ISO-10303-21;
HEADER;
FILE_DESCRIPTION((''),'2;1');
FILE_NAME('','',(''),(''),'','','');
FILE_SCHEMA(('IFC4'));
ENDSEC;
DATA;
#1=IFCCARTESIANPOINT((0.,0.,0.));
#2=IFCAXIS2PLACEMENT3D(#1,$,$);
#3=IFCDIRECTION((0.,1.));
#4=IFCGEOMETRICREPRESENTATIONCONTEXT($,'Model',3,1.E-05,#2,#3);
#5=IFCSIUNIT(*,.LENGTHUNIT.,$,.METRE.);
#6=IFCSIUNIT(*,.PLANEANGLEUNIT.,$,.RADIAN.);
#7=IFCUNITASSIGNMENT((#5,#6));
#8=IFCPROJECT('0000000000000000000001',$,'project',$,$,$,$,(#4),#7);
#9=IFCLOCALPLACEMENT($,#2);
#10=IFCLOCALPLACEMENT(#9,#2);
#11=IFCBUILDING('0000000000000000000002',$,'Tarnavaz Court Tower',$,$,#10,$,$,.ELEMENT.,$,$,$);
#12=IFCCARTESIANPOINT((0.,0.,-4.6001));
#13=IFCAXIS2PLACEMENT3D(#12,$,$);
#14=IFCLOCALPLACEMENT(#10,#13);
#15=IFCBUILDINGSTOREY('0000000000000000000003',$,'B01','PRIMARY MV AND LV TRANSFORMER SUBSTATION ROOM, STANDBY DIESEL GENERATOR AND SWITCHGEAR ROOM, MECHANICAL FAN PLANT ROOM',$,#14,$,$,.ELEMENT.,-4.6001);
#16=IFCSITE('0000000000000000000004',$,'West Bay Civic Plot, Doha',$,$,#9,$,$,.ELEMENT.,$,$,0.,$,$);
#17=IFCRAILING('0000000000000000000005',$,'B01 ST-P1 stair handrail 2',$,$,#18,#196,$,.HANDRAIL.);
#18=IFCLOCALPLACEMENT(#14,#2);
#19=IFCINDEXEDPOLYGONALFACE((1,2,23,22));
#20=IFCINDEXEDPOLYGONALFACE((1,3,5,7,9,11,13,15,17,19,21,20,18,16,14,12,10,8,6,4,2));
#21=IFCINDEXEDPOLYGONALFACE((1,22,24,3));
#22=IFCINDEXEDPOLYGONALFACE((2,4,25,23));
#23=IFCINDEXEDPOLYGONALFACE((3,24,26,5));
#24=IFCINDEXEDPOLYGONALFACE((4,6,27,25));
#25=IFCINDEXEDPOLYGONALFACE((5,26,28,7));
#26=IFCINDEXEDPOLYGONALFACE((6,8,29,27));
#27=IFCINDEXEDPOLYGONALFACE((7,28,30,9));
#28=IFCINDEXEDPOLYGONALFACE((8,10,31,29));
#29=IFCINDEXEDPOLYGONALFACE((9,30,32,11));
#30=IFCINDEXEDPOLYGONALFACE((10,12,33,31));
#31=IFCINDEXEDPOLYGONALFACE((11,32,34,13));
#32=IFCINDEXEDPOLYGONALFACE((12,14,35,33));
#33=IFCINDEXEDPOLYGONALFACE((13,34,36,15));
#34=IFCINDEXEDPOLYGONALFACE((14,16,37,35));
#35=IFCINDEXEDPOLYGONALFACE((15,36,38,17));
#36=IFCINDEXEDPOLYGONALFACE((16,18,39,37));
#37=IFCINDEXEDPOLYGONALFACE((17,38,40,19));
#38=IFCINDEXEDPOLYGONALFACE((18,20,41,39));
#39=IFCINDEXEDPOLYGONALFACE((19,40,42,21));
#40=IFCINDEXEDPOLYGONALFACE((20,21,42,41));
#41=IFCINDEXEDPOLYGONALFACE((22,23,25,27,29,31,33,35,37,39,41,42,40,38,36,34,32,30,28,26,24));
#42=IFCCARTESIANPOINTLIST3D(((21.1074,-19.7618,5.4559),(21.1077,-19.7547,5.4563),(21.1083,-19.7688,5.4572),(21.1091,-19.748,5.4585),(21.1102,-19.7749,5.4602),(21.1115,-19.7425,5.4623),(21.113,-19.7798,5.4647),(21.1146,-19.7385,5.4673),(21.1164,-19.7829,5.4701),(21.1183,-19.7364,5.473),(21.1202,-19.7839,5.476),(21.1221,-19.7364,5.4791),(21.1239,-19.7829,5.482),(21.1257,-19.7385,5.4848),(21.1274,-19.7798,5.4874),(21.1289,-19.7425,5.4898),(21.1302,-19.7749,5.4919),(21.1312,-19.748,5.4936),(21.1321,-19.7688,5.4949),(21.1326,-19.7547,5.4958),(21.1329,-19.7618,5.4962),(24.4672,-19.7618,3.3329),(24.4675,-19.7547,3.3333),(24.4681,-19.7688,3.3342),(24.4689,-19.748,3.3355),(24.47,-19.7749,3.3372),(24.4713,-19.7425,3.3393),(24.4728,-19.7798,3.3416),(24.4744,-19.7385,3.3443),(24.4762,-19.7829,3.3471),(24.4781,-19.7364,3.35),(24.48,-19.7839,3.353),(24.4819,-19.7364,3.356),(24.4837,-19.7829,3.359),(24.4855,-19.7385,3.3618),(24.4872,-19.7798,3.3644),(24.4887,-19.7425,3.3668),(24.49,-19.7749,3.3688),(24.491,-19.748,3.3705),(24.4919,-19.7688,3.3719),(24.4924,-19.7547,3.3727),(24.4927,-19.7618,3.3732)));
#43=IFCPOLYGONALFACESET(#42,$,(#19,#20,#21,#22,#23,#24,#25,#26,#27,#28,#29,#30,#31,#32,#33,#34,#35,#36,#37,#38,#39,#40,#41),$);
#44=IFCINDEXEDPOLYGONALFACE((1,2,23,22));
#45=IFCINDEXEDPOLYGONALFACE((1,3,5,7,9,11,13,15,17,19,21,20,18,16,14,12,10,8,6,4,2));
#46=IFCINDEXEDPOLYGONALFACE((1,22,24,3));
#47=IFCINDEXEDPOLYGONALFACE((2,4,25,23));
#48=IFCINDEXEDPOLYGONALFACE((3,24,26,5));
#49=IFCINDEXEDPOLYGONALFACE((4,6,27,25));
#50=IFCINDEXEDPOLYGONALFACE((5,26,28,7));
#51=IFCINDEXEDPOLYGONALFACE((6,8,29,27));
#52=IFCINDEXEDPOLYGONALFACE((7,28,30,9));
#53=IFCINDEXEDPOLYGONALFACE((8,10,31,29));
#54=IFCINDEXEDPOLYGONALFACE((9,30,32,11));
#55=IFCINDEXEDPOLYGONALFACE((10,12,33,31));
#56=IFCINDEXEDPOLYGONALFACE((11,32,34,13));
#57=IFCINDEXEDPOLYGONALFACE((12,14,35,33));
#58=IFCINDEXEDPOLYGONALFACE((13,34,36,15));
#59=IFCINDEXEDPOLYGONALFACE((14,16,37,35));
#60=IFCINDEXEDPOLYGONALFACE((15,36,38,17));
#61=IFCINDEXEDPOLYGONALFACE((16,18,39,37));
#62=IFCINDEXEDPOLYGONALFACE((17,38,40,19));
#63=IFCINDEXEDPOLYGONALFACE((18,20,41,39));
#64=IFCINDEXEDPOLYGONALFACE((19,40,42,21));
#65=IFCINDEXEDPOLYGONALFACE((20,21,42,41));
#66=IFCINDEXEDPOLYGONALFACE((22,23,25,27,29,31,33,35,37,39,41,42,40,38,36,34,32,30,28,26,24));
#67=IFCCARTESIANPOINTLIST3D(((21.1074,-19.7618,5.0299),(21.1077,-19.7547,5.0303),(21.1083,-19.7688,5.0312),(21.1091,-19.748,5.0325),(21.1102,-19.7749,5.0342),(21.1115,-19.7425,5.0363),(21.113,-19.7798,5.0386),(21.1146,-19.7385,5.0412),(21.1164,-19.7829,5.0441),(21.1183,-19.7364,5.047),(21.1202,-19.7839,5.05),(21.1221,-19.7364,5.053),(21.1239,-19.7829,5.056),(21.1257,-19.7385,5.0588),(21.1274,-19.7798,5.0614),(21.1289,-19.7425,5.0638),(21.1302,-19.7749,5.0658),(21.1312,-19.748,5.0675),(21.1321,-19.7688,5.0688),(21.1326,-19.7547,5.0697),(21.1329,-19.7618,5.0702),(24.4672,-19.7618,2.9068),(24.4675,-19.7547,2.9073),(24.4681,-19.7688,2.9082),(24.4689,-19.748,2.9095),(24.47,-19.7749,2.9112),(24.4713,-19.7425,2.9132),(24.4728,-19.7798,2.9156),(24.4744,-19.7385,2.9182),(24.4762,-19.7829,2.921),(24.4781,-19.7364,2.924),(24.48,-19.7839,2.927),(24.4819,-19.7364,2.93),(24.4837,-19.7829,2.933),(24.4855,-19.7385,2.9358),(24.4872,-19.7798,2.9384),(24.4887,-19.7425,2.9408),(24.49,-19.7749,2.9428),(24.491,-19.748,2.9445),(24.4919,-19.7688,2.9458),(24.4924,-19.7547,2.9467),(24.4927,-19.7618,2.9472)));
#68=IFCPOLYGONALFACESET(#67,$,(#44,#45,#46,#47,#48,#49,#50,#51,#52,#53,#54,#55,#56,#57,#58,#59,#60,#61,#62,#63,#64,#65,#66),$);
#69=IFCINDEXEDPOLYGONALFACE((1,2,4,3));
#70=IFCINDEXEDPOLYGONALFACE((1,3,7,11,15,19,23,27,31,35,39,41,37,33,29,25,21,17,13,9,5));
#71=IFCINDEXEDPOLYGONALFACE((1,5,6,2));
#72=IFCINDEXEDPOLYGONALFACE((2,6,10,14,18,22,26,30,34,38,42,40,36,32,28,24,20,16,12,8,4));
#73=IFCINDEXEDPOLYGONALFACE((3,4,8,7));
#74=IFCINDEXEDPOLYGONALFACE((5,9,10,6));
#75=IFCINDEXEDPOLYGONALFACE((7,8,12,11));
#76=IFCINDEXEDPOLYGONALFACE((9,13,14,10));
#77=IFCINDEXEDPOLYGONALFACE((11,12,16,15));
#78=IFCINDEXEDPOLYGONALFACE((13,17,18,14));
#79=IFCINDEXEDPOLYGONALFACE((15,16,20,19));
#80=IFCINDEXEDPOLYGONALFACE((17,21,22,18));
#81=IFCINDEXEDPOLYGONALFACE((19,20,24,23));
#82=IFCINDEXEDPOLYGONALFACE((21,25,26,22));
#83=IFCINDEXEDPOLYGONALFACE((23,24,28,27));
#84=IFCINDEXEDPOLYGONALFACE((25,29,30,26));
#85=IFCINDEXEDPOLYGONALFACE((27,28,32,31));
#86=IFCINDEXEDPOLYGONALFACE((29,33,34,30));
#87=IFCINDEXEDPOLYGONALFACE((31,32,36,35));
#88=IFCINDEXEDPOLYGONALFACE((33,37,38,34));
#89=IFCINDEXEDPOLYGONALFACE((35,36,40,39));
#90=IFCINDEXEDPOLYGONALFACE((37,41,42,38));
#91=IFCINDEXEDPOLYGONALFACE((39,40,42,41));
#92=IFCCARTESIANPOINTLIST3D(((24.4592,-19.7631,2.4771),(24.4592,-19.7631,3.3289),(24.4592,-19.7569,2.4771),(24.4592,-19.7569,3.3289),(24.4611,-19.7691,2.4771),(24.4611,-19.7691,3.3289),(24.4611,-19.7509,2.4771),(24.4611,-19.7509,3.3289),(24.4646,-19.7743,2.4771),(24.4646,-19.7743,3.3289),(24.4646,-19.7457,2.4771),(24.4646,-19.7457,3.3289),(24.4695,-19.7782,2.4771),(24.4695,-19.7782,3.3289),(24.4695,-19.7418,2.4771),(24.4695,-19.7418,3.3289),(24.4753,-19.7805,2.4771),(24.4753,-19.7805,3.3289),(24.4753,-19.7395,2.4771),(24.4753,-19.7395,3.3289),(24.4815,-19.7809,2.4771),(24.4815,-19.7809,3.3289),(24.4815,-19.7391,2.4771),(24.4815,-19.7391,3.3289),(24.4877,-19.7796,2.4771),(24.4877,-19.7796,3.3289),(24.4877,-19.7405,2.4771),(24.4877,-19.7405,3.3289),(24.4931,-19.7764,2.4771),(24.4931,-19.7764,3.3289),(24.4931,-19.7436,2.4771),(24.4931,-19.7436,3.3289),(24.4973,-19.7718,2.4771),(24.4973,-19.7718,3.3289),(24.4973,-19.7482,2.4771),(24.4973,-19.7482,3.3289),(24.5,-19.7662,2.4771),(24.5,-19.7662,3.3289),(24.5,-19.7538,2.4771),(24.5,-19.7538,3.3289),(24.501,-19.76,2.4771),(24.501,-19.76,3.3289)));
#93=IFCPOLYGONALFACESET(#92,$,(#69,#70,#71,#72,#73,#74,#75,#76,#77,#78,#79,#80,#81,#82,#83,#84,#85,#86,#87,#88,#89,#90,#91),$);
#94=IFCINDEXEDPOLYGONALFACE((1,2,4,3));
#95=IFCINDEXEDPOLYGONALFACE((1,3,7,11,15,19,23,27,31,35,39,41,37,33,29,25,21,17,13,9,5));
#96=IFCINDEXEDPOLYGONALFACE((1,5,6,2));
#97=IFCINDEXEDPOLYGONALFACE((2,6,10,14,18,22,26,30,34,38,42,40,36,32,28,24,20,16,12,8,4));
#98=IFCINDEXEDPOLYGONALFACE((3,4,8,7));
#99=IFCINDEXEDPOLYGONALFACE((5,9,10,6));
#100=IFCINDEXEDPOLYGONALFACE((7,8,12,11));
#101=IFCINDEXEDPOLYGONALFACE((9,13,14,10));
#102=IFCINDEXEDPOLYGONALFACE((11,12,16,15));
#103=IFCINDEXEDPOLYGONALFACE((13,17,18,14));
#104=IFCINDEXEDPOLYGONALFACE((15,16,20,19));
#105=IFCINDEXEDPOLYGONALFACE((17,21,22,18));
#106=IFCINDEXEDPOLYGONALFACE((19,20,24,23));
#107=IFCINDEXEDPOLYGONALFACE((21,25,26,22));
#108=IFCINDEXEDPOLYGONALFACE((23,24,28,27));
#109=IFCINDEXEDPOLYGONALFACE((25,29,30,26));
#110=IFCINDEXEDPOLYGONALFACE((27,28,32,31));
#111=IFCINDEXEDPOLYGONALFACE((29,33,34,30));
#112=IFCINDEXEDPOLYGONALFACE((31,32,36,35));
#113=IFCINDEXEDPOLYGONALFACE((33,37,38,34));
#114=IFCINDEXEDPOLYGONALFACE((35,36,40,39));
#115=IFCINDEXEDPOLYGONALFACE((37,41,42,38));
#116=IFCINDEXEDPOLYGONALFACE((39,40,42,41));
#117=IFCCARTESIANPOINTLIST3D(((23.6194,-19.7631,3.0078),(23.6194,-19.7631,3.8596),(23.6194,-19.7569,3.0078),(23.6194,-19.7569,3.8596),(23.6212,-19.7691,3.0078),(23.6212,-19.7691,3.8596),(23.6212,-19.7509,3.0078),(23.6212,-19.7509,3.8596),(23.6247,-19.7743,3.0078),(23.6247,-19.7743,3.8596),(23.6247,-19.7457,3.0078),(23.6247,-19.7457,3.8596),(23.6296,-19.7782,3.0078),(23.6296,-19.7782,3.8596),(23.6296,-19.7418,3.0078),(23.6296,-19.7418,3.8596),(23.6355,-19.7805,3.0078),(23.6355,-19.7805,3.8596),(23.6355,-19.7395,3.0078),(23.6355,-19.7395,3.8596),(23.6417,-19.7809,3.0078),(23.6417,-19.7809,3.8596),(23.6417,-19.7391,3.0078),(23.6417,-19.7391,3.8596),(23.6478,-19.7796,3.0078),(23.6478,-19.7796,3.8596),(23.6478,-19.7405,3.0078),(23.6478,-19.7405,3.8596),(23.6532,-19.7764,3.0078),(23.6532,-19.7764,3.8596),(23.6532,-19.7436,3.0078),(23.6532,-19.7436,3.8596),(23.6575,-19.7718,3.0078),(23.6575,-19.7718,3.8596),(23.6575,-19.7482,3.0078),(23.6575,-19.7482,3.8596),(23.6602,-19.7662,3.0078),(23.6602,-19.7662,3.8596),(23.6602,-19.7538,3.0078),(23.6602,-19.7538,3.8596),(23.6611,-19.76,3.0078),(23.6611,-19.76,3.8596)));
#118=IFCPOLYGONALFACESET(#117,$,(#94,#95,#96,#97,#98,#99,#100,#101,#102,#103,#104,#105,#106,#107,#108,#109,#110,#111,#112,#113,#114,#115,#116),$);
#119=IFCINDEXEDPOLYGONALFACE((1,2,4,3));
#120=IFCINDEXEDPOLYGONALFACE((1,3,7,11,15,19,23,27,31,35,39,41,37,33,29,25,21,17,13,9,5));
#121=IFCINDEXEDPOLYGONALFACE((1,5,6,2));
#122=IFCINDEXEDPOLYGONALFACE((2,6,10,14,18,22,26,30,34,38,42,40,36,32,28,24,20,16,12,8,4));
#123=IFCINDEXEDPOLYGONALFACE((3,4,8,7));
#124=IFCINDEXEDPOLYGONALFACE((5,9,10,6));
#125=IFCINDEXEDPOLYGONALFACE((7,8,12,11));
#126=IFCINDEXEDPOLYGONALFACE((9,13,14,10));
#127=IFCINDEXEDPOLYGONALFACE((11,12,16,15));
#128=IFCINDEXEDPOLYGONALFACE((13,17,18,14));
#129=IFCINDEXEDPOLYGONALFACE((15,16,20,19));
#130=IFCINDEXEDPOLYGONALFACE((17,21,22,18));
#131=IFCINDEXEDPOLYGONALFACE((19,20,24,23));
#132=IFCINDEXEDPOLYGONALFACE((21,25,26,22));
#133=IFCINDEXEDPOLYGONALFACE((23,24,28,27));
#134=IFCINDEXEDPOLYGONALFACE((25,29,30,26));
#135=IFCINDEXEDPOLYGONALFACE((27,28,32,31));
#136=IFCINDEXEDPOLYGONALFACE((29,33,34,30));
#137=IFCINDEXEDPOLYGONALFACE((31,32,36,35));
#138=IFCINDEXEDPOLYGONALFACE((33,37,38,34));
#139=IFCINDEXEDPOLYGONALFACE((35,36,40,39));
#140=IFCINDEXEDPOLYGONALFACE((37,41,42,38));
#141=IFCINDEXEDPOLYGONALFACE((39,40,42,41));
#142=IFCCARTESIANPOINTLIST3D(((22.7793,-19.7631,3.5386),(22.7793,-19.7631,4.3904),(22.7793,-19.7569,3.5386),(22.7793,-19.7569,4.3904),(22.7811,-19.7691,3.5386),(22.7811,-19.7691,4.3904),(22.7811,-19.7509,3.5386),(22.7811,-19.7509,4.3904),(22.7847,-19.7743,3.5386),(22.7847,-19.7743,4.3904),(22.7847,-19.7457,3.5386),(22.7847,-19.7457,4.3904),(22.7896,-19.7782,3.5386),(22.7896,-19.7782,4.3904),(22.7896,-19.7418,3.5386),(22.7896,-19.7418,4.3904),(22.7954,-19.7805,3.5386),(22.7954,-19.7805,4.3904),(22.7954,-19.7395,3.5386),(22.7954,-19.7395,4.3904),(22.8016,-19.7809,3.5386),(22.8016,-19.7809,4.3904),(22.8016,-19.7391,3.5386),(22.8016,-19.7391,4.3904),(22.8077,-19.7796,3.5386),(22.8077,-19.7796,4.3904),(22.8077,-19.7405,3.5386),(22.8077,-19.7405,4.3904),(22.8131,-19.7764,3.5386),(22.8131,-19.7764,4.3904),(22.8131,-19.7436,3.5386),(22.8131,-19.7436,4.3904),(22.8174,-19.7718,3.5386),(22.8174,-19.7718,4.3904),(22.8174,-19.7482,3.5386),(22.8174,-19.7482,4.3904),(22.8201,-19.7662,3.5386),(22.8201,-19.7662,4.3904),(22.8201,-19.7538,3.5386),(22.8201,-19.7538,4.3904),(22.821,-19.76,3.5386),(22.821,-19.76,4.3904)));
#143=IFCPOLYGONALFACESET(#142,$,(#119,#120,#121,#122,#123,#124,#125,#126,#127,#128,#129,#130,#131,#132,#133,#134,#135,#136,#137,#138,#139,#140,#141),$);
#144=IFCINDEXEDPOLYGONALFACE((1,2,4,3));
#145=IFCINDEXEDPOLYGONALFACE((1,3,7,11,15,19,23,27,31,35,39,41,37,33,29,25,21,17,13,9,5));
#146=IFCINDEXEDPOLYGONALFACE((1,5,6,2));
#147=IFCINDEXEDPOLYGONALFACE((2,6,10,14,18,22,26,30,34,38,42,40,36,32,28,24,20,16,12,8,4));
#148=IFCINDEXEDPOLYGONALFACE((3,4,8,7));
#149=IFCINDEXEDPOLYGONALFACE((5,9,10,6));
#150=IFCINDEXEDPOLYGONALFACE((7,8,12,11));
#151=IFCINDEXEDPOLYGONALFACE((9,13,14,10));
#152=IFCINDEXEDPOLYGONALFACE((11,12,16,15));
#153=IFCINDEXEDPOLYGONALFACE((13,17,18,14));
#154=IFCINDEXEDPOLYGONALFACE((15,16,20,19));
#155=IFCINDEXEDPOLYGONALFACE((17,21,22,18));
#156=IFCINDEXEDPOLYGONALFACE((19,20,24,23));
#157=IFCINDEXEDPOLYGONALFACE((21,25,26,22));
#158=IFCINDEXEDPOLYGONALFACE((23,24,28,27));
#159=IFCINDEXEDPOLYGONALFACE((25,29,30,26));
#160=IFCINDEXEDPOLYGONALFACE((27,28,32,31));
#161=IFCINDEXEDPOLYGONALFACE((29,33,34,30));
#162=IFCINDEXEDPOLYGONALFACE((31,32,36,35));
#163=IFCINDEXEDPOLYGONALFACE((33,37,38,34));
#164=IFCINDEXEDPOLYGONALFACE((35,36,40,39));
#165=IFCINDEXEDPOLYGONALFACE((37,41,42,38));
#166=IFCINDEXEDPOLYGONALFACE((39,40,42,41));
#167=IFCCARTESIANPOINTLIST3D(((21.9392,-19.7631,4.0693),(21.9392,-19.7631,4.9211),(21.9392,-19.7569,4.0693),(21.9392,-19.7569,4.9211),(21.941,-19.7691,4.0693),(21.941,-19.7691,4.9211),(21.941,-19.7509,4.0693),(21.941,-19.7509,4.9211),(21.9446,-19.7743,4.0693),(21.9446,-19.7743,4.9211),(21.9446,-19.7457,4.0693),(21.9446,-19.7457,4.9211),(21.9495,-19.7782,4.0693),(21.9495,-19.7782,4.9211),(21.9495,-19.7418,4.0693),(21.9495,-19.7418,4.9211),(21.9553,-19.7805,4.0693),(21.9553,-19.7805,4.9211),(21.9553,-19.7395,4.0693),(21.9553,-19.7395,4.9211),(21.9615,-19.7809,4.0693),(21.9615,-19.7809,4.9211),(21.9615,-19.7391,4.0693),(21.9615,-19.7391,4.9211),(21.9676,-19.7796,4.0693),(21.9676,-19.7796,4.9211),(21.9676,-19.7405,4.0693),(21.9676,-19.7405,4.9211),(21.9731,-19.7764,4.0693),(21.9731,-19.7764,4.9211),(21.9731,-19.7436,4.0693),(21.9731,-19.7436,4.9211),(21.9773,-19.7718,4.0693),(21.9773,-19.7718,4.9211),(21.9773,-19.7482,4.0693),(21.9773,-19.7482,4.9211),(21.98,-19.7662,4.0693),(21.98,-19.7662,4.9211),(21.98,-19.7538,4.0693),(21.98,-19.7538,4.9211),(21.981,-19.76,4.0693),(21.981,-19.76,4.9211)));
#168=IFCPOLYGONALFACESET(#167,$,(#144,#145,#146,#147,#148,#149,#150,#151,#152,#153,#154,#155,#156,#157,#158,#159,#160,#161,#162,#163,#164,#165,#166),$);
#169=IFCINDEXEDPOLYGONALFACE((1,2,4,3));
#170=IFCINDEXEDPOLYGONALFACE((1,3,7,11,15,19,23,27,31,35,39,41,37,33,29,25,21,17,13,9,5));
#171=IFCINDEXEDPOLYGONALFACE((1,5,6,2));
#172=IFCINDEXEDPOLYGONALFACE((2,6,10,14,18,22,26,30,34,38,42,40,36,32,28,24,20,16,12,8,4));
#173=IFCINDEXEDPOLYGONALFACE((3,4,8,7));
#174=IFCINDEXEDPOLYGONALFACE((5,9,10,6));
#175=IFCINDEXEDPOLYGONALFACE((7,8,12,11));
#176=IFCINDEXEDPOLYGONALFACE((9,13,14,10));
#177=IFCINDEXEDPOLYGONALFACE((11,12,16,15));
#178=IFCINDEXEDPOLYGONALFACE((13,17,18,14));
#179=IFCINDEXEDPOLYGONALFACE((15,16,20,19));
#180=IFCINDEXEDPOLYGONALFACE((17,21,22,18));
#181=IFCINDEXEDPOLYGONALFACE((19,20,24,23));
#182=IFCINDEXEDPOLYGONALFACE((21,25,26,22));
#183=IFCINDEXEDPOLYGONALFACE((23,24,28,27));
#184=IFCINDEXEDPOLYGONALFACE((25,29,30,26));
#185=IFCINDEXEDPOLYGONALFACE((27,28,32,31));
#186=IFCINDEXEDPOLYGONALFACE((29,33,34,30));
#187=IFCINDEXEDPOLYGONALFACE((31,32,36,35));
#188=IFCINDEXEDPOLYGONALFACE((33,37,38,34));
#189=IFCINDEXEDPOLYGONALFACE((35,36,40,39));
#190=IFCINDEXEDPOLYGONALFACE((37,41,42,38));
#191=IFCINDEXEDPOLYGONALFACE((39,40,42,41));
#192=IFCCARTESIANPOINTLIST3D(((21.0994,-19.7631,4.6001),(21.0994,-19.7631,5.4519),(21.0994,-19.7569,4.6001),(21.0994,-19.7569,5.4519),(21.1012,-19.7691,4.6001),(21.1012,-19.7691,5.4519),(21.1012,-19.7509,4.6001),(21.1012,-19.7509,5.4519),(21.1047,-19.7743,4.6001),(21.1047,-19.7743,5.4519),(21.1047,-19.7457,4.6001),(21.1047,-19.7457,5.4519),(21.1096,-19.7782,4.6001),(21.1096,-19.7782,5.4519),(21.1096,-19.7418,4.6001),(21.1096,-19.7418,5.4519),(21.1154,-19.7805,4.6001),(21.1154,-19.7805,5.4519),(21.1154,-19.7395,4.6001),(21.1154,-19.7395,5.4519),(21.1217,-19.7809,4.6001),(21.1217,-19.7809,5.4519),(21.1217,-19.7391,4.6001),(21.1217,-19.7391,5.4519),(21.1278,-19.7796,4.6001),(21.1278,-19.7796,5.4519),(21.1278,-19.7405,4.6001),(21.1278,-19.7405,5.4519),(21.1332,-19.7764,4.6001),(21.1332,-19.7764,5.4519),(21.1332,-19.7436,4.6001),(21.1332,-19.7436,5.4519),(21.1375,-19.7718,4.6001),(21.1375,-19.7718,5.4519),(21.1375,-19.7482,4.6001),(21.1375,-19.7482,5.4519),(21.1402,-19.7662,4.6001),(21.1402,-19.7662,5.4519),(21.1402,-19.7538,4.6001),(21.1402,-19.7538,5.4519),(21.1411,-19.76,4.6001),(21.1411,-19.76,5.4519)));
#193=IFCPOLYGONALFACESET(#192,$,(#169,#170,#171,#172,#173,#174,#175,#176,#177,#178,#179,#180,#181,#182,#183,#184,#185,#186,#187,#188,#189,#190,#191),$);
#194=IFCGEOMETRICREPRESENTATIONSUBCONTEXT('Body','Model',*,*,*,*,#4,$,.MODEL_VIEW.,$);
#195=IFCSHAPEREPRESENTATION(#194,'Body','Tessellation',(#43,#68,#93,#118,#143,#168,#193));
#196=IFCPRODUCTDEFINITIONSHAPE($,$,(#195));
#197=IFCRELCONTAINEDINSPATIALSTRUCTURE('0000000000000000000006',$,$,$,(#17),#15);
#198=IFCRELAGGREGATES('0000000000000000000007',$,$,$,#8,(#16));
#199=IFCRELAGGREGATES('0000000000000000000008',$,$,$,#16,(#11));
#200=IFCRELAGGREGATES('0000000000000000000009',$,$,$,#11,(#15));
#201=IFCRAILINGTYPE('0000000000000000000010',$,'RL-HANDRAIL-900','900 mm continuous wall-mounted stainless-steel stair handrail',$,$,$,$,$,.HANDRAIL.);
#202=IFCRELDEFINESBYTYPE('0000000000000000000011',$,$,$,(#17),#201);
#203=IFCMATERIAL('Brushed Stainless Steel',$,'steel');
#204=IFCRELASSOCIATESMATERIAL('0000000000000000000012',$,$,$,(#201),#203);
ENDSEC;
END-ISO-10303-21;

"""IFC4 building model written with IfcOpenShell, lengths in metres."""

from ifc_helpers import new_model, si_unit, direction, frame, origin, origin_2d, place, context, subcontext, project, spatial, circle, extrude, material, type_object, element, save


model = new_model("IFC4")

# Units and contexts
model_context = context("Model", 3, precision=1e-05, world=origin(), true_north=direction((0.0, 1.0)))
body_context = subcontext(model_context, "Body", "Model", "MODEL_VIEW")
ifc_project = project(units=[si_unit("LENGTHUNIT", "METRE"), si_unit("PLANEANGLEUNIT", "RADIAN")], contexts=[model_context])

# Site, building, storey
site_placement = place(None, origin())
site = spatial("IfcSite", under=ifc_project, at=site_placement, Name="West Bay Civic Plot, Doha", CompositionType="ELEMENT", RefElevation=0.0)
building_placement = place(site_placement, origin())
building = spatial("IfcBuilding", under=site, at=building_placement, Name="Tarnavaz Court Tower", CompositionType="ELEMENT")
storey_placement = place(building_placement, frame((0.0, 0.0, -4.6001)))
storey = spatial("IfcBuildingStorey", under=building, at=storey_placement, Name="B01", Description="PRIMARY MV AND LV TRANSFORMER SUBSTATION ROOM, STANDBY DIESEL GENERATOR AND SWITCHGEAR ROOM, MECHANICAL FAN PLANT ROOM", CompositionType="ELEMENT", Elevation=-4.6001)

# Railing
ifc_material_1 = material(Name="Brushed Stainless Steel", Category="steel")
railing_type_1 = type_object("IfcRailingType", Name="RL-HANDRAIL-900", Description="900 mm continuous wall-mounted stainless-steel stair handrail", PredefinedType="HANDRAIL", material=ifc_material_1)
railing_1_placement = place(storey_placement, frame((24.48, -19.76, 2.4771)))
element("IfcRailing", 1, at=railing_1_placement, inside=storey, type_object=railing_type_1, Name="B01 ST-P1 stair handrail 2", PredefinedType="HANDRAIL", context=body_context, shape_type="SweptSolid", body=[
    extrude(circle(Radius=0.0239, at=origin_2d()), frame((0.0, 0.0, 0.876), z_axis=(-0.845372, 0.0, 0.534178), x_axis=(0.0, -1.0, 0.0)), (0.0, 0.0, 1.0), 3.9744),
    extrude(circle(Radius=0.0239, at=origin_2d()), frame((0.0, 0.0, 0.45), z_axis=(-0.845372, 0.0, 0.534178), x_axis=(0.0, -1.0, 0.0)), (0.0, 0.0, 1.0), 3.9744),
    extrude(circle(Radius=0.021, at=origin_2d()), origin(), (0.0, 0.0, 1.0), 0.8518),
    extrude(circle(Radius=0.021, at=origin_2d()), frame((-0.8398, 0.0, 0.5308)), (0.0, 0.0, 1.0), 0.8518),
    extrude(circle(Radius=0.021, at=origin_2d()), frame((-1.6799, 0.0, 1.0615)), (0.0, 0.0, 1.0), 0.8518),
    extrude(circle(Radius=0.021, at=origin_2d()), frame((-2.52, 0.0, 1.5923)), (0.0, 0.0, 1.0), 0.8518),
    extrude(circle(Radius=0.021, at=origin_2d()), frame((-3.3599, 0.0, 2.123)), (0.0, 0.0, 1.0), 0.8518),
])

save(model, "model.ifc")
